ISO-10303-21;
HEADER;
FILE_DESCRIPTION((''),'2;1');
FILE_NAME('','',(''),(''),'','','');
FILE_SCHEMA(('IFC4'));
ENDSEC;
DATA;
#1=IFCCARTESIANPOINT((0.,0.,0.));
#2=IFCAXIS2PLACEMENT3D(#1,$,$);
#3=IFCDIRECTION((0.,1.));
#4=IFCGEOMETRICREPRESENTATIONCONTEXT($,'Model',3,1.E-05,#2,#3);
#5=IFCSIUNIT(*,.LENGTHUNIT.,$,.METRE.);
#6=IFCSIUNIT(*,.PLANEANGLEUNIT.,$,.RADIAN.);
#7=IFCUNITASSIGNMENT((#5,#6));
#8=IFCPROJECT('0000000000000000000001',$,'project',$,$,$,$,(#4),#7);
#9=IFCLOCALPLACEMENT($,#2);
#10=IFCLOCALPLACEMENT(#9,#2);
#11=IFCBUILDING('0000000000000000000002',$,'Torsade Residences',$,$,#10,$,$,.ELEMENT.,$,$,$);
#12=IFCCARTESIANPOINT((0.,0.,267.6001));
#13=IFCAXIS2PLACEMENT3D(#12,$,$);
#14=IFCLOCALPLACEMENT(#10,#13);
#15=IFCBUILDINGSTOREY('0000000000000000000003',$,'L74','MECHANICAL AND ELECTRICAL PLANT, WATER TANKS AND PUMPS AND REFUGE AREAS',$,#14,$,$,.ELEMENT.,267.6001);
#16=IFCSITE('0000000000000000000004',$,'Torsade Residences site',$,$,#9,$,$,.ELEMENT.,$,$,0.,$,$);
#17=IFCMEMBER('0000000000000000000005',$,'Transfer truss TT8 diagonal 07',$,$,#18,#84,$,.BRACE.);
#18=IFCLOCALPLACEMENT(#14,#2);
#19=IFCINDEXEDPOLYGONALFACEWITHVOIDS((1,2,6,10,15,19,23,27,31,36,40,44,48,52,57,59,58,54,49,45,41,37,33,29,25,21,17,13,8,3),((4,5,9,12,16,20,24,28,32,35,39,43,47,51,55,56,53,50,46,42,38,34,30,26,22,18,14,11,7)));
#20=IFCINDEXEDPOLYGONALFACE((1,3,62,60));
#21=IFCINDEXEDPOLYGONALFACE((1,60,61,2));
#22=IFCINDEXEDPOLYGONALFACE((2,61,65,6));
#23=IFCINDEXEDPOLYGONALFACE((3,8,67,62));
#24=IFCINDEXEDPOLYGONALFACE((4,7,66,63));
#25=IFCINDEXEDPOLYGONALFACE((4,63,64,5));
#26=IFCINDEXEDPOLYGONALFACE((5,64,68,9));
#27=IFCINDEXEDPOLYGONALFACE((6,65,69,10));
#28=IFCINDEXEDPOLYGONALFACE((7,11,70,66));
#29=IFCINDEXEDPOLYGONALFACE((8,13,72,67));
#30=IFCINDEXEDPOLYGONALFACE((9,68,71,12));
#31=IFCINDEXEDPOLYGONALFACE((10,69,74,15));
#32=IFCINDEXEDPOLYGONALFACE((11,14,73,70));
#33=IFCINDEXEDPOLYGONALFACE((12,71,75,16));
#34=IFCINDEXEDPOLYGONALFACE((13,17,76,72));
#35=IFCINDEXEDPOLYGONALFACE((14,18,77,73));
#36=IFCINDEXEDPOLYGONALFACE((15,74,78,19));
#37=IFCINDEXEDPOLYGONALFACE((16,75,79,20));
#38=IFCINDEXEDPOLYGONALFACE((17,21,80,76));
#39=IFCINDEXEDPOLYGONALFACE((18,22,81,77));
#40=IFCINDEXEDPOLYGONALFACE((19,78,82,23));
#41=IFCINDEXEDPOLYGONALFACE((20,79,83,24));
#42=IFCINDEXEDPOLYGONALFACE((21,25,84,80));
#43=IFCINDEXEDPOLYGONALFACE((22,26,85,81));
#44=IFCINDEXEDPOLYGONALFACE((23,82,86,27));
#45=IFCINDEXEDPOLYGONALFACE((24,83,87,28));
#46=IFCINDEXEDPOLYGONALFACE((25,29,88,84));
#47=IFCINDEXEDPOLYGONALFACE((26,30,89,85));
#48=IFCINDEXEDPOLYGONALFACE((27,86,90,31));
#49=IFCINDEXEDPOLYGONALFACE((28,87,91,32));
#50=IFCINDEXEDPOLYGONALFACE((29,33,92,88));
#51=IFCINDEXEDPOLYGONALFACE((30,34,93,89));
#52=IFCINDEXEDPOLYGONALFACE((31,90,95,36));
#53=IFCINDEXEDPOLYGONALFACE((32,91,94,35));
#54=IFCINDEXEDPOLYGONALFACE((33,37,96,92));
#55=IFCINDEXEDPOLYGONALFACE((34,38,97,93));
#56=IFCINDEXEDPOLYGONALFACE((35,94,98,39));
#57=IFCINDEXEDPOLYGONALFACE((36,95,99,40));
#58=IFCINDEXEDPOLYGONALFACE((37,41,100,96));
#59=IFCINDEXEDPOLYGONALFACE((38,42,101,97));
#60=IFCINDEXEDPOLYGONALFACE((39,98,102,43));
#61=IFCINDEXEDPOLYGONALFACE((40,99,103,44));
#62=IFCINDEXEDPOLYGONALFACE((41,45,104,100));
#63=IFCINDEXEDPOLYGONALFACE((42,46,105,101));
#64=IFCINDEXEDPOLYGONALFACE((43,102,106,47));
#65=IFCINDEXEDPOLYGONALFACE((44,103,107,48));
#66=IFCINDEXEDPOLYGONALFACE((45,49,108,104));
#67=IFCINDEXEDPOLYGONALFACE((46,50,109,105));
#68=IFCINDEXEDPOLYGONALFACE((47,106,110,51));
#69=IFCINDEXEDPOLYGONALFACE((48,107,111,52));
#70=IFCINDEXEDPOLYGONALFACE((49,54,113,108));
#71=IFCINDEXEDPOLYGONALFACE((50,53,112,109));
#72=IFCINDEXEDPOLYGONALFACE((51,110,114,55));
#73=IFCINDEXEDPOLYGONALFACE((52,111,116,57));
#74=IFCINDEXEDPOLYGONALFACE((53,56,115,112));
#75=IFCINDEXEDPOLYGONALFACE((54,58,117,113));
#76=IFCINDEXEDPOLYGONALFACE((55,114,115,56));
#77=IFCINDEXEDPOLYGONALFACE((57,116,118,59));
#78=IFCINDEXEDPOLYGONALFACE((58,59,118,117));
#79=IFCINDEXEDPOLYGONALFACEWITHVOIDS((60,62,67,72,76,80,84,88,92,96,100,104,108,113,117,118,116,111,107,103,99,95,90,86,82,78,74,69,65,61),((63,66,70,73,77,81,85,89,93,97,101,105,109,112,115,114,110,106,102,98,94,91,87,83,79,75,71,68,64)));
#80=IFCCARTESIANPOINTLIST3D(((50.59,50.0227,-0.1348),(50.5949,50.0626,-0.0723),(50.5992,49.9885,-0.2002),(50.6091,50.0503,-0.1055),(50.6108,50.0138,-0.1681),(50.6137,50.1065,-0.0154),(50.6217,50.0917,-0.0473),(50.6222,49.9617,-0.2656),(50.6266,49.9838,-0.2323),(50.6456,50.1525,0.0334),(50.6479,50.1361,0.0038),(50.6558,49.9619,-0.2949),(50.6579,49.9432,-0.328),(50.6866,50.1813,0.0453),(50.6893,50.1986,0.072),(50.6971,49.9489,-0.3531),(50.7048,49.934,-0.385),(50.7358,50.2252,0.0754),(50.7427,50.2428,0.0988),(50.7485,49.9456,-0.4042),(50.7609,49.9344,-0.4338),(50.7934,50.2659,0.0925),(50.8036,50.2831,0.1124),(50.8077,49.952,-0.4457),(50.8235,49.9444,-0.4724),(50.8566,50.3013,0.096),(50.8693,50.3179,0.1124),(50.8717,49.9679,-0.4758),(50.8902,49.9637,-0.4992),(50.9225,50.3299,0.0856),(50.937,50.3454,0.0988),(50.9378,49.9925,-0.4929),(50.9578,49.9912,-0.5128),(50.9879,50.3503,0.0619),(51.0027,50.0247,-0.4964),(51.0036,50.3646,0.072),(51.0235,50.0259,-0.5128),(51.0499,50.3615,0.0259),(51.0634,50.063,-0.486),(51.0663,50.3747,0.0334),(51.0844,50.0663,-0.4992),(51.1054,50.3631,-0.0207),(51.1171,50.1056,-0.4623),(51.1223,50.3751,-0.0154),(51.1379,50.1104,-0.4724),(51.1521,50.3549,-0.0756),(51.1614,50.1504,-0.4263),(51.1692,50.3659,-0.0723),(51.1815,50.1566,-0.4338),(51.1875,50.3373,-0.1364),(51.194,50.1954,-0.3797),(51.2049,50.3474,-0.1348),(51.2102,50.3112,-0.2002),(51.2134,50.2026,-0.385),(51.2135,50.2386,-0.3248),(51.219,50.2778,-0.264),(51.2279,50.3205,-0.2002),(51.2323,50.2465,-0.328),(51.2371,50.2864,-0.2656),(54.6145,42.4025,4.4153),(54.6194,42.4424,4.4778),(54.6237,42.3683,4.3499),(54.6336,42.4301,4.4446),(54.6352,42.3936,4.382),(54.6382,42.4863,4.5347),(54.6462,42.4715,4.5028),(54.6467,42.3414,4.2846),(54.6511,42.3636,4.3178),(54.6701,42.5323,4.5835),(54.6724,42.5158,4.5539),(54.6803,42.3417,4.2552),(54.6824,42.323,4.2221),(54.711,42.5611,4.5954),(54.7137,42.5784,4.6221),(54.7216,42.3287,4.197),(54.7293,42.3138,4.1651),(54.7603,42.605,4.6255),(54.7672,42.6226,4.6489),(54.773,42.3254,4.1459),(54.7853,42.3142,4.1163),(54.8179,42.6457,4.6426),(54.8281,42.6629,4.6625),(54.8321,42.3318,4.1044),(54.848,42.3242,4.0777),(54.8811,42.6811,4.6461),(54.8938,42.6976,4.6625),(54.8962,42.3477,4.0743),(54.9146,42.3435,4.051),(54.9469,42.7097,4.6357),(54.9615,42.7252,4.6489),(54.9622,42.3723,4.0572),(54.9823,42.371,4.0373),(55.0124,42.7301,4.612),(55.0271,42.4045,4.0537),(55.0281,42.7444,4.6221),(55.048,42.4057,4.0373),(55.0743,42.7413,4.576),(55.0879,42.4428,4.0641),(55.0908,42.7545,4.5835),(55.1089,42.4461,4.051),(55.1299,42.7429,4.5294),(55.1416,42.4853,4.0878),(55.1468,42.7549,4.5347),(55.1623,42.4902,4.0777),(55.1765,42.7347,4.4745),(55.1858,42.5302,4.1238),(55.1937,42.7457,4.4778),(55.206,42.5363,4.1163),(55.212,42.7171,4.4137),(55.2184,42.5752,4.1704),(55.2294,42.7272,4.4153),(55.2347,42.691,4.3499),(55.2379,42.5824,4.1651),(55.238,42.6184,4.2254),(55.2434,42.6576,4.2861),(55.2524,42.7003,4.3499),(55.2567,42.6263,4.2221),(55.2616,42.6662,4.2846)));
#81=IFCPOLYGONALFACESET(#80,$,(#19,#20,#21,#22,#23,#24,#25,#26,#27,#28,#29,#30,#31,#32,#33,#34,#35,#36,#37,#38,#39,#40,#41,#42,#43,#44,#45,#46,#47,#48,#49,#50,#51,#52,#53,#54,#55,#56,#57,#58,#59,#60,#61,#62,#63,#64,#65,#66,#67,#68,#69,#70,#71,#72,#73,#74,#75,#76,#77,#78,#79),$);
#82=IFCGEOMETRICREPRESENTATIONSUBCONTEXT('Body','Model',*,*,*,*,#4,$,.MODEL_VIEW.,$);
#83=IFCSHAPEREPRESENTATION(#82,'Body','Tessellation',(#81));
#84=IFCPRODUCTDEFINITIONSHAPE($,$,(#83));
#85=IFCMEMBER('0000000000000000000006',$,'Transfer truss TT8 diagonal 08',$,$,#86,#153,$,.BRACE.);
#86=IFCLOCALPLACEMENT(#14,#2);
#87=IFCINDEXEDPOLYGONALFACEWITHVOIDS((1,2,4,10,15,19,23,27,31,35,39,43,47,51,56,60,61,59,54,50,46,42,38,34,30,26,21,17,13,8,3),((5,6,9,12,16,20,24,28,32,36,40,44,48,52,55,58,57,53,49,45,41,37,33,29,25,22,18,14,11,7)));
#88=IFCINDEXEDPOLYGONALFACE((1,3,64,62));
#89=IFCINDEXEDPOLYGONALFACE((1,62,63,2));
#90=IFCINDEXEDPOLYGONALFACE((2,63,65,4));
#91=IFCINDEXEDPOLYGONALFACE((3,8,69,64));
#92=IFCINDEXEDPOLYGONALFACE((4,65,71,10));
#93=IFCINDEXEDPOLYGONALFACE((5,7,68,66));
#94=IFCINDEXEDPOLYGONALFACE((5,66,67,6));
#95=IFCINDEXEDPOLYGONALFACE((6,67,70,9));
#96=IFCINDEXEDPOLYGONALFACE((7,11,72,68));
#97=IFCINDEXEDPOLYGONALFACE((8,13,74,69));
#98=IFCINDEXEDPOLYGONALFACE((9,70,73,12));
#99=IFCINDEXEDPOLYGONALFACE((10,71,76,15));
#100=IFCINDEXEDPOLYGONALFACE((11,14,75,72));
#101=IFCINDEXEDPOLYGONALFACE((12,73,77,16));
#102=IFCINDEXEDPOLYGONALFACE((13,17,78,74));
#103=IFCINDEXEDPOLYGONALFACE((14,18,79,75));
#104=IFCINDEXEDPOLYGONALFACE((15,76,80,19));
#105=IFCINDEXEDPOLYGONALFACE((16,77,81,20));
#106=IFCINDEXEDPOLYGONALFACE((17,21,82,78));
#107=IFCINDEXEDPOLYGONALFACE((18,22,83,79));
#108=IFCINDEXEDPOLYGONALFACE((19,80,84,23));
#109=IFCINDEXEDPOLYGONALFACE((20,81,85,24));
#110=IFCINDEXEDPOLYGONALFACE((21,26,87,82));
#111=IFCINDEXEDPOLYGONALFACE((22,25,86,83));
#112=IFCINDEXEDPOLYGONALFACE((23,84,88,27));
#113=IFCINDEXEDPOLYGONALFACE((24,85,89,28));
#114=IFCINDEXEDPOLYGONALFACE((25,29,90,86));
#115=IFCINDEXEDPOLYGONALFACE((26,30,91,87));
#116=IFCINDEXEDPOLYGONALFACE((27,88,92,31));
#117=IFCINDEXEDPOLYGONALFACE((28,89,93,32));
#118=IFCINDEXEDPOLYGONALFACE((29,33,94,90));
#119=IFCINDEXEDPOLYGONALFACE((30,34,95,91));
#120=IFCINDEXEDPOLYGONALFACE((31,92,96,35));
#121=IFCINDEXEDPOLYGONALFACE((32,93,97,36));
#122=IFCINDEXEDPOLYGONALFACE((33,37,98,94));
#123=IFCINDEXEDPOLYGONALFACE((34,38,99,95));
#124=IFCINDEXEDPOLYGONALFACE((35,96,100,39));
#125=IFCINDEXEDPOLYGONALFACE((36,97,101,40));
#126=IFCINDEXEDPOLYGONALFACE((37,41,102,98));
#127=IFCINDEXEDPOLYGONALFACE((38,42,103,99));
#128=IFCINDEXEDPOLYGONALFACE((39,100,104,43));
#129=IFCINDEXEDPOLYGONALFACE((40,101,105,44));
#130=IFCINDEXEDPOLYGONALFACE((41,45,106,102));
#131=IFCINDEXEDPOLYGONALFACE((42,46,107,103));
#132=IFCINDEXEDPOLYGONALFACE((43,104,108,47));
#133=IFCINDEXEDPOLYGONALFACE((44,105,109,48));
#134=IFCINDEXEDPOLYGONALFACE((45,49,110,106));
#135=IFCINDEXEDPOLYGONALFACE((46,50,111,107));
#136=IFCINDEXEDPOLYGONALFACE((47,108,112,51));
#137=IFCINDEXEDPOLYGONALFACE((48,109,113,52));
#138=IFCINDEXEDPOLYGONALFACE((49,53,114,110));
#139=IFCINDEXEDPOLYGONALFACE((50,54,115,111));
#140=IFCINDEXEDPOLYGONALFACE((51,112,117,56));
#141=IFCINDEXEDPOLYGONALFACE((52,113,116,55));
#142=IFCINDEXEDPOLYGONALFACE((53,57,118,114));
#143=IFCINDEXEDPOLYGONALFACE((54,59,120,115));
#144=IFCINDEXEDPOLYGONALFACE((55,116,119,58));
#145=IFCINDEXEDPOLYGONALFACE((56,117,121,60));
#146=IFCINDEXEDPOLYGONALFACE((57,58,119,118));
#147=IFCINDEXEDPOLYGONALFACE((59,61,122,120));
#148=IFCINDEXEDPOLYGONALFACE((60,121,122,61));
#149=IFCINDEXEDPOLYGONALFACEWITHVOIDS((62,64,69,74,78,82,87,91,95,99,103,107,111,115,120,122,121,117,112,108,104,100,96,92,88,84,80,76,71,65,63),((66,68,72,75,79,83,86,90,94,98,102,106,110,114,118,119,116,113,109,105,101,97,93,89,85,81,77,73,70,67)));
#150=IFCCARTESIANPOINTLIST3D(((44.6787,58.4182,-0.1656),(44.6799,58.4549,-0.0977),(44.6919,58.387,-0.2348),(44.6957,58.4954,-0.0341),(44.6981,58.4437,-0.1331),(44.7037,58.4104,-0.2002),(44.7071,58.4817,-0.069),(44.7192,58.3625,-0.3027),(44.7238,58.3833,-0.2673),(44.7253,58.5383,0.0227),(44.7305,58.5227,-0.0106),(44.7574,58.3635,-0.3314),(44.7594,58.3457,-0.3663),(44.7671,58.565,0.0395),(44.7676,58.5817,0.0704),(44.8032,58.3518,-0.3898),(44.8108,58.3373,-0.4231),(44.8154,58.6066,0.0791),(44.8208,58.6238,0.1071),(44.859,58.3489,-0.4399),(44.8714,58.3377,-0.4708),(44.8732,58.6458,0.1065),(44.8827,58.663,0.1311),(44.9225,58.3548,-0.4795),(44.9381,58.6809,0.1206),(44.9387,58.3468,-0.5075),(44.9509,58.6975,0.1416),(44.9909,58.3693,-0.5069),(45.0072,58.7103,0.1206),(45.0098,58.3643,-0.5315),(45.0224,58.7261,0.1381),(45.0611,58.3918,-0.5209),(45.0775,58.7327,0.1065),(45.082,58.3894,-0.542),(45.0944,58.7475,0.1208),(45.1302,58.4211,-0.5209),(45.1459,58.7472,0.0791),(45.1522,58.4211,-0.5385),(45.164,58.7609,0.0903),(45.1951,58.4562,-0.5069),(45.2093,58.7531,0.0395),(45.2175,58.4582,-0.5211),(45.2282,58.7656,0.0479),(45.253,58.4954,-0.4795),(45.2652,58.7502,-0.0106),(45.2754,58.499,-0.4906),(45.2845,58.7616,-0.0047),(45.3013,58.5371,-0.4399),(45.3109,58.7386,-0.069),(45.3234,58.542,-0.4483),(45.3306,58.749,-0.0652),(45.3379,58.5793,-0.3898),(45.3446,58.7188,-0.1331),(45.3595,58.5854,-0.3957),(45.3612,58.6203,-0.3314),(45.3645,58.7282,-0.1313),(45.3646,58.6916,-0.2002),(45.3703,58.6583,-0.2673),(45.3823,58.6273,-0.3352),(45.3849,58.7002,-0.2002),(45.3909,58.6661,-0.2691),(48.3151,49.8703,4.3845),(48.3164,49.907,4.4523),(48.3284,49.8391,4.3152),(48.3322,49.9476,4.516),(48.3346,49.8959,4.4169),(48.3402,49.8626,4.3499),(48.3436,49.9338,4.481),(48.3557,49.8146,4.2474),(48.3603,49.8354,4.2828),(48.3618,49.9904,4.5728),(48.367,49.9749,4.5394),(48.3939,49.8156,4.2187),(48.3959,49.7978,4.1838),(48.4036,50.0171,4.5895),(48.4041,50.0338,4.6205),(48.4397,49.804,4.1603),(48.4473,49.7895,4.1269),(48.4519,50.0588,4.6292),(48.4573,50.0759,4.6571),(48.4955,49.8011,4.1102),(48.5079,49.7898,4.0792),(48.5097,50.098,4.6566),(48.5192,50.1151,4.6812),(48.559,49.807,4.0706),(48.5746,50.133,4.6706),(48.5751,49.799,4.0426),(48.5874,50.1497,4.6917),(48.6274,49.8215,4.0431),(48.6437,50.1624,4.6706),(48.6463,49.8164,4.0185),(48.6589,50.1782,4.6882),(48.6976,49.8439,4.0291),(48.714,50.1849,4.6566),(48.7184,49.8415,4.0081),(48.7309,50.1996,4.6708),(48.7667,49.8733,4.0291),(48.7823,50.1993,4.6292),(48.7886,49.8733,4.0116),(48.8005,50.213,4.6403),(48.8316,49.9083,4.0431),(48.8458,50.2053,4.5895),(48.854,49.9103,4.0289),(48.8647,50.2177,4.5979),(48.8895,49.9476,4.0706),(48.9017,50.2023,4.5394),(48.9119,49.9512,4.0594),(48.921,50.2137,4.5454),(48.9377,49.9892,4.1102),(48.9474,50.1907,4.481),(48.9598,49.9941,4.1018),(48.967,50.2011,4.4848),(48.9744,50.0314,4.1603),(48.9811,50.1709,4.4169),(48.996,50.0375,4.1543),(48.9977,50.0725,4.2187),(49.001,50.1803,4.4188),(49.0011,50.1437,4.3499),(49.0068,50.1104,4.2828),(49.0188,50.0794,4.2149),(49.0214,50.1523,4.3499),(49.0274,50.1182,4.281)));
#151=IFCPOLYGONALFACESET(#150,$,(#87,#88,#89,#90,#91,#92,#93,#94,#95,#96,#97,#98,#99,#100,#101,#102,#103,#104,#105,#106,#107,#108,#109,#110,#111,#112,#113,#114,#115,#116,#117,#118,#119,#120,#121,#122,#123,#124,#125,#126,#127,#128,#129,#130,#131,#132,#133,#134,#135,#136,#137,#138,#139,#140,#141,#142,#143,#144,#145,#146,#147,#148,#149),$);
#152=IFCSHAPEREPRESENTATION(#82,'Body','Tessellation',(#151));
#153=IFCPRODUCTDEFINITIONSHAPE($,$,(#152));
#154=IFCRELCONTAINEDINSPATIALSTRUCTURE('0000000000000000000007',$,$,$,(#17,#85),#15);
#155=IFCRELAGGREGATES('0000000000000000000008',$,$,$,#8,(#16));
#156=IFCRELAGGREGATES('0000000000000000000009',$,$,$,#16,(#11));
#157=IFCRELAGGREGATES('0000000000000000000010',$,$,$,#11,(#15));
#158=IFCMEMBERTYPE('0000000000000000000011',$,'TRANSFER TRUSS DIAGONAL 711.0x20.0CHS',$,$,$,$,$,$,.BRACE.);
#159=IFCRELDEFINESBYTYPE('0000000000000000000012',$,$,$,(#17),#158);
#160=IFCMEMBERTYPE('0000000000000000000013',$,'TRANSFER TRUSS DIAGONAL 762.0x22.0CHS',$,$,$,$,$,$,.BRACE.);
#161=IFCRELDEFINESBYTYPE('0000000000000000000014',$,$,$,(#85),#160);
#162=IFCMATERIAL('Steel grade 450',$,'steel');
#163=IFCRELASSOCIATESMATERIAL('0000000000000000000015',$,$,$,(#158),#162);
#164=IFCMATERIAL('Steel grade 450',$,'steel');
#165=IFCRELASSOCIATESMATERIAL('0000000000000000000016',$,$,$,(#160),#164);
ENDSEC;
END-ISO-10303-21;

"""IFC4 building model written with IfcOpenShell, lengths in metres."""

from ifc_helpers import new_model, si_unit, direction, frame, origin, origin_2d, place, context, subcontext, project, spatial, hollow_circle, extrude, material, material_profile, profile_set, type_object, element, save


model = new_model("IFC4")

# Units and contexts
model_context = context("Model", 3, precision=1e-05, world=origin(), true_north=direction((0.0, 1.0)))
body_context = subcontext(model_context, "Body", "Model", "MODEL_VIEW")
ifc_project = project(units=[si_unit("LENGTHUNIT", "METRE"), si_unit("PLANEANGLEUNIT", "RADIAN")], contexts=[model_context])

# Site, building, storey
site_placement = place(None, origin())
site = spatial("IfcSite", under=ifc_project, at=site_placement, Name="Torsade Residences site", CompositionType="ELEMENT", RefElevation=0.0)
building_placement = place(site_placement, origin())
building = spatial("IfcBuilding", under=site, at=building_placement, Name="Torsade Residences", CompositionType="ELEMENT")
storey_placement = place(building_placement, frame((0.0, 0.0, 267.6001)))
storey = spatial("IfcBuildingStorey", under=building, at=storey_placement, Name="L74", Description="MECHANICAL AND ELECTRICAL PLANT, WATER TANKS AND PUMPS AND REFUGE AREAS", CompositionType="ELEMENT", Elevation=267.6001)

# Members
ifc_material_1 = material(Name="Steel grade 450", Category="steel")
ifc_material_profile_1 = material_profile(ifc_material_1, hollow_circle(Radius=0.3555, WallThickness=0.02, at=origin_2d()), Name="711.0x20.0CHS")
ifc_profile_set_1 = profile_set([ifc_material_profile_1], Name="Steel grade 450")
member_type_1 = type_object("IfcMemberType", Name="TRANSFER TRUSS DIAGONAL 711.0x20.0CHS", PredefinedType="BRACE", material=ifc_profile_set_1)
member_1_placement = place(storey_placement, frame((50.9136, 50.1545, -0.2002), z_axis=(0.412972, -0.781951, 0.466911), x_axis=(0.884256, 0.467002, 0.0)))
element("IfcMember", 1, at=member_1_placement, inside=storey, type_object=member_type_1, Name="Transfer truss TT8 diagonal 07", PredefinedType="BRACE", context=body_context, shape_type="SweptSolid", body=[
    extrude(hollow_circle(Radius=0.3555, WallThickness=0.02, at=origin_2d()), origin(), (0.0, 0.0, 1.0), 9.7451),
])
ifc_material_2 = material(Name="Steel grade 450", Category="steel")
ifc_material_profile_2 = material_profile(ifc_material_2, hollow_circle(Radius=0.3811, WallThickness=0.022, at=origin_2d()), Name="762.0x22.0CHS")
ifc_profile_set_2 = profile_set([ifc_material_profile_2], Name="Steel grade 450")
member_type_2 = type_object("IfcMemberType", Name="TRANSFER TRUSS DIAGONAL 762.0x22.0CHS", PredefinedType="BRACE", material=ifc_profile_set_2)
member_2_placement = place(storey_placement, frame((45.0342, 58.551, -0.2002), z_axis=(0.351563, -0.82638, 0.439885), x_axis=(0.92019, 0.391472, 0.0)))
element("IfcMember", 2, at=member_2_placement, inside=storey, type_object=member_type_2, Name="Transfer truss TT8 diagonal 08", PredefinedType="BRACE", context=body_context, shape_type="SweptSolid", body=[
    extrude(hollow_circle(Radius=0.3811, WallThickness=0.022, at=origin_2d()), origin(), (0.0, 0.0, 1.0), 10.3438),
])

save(model, "model.ifc")
